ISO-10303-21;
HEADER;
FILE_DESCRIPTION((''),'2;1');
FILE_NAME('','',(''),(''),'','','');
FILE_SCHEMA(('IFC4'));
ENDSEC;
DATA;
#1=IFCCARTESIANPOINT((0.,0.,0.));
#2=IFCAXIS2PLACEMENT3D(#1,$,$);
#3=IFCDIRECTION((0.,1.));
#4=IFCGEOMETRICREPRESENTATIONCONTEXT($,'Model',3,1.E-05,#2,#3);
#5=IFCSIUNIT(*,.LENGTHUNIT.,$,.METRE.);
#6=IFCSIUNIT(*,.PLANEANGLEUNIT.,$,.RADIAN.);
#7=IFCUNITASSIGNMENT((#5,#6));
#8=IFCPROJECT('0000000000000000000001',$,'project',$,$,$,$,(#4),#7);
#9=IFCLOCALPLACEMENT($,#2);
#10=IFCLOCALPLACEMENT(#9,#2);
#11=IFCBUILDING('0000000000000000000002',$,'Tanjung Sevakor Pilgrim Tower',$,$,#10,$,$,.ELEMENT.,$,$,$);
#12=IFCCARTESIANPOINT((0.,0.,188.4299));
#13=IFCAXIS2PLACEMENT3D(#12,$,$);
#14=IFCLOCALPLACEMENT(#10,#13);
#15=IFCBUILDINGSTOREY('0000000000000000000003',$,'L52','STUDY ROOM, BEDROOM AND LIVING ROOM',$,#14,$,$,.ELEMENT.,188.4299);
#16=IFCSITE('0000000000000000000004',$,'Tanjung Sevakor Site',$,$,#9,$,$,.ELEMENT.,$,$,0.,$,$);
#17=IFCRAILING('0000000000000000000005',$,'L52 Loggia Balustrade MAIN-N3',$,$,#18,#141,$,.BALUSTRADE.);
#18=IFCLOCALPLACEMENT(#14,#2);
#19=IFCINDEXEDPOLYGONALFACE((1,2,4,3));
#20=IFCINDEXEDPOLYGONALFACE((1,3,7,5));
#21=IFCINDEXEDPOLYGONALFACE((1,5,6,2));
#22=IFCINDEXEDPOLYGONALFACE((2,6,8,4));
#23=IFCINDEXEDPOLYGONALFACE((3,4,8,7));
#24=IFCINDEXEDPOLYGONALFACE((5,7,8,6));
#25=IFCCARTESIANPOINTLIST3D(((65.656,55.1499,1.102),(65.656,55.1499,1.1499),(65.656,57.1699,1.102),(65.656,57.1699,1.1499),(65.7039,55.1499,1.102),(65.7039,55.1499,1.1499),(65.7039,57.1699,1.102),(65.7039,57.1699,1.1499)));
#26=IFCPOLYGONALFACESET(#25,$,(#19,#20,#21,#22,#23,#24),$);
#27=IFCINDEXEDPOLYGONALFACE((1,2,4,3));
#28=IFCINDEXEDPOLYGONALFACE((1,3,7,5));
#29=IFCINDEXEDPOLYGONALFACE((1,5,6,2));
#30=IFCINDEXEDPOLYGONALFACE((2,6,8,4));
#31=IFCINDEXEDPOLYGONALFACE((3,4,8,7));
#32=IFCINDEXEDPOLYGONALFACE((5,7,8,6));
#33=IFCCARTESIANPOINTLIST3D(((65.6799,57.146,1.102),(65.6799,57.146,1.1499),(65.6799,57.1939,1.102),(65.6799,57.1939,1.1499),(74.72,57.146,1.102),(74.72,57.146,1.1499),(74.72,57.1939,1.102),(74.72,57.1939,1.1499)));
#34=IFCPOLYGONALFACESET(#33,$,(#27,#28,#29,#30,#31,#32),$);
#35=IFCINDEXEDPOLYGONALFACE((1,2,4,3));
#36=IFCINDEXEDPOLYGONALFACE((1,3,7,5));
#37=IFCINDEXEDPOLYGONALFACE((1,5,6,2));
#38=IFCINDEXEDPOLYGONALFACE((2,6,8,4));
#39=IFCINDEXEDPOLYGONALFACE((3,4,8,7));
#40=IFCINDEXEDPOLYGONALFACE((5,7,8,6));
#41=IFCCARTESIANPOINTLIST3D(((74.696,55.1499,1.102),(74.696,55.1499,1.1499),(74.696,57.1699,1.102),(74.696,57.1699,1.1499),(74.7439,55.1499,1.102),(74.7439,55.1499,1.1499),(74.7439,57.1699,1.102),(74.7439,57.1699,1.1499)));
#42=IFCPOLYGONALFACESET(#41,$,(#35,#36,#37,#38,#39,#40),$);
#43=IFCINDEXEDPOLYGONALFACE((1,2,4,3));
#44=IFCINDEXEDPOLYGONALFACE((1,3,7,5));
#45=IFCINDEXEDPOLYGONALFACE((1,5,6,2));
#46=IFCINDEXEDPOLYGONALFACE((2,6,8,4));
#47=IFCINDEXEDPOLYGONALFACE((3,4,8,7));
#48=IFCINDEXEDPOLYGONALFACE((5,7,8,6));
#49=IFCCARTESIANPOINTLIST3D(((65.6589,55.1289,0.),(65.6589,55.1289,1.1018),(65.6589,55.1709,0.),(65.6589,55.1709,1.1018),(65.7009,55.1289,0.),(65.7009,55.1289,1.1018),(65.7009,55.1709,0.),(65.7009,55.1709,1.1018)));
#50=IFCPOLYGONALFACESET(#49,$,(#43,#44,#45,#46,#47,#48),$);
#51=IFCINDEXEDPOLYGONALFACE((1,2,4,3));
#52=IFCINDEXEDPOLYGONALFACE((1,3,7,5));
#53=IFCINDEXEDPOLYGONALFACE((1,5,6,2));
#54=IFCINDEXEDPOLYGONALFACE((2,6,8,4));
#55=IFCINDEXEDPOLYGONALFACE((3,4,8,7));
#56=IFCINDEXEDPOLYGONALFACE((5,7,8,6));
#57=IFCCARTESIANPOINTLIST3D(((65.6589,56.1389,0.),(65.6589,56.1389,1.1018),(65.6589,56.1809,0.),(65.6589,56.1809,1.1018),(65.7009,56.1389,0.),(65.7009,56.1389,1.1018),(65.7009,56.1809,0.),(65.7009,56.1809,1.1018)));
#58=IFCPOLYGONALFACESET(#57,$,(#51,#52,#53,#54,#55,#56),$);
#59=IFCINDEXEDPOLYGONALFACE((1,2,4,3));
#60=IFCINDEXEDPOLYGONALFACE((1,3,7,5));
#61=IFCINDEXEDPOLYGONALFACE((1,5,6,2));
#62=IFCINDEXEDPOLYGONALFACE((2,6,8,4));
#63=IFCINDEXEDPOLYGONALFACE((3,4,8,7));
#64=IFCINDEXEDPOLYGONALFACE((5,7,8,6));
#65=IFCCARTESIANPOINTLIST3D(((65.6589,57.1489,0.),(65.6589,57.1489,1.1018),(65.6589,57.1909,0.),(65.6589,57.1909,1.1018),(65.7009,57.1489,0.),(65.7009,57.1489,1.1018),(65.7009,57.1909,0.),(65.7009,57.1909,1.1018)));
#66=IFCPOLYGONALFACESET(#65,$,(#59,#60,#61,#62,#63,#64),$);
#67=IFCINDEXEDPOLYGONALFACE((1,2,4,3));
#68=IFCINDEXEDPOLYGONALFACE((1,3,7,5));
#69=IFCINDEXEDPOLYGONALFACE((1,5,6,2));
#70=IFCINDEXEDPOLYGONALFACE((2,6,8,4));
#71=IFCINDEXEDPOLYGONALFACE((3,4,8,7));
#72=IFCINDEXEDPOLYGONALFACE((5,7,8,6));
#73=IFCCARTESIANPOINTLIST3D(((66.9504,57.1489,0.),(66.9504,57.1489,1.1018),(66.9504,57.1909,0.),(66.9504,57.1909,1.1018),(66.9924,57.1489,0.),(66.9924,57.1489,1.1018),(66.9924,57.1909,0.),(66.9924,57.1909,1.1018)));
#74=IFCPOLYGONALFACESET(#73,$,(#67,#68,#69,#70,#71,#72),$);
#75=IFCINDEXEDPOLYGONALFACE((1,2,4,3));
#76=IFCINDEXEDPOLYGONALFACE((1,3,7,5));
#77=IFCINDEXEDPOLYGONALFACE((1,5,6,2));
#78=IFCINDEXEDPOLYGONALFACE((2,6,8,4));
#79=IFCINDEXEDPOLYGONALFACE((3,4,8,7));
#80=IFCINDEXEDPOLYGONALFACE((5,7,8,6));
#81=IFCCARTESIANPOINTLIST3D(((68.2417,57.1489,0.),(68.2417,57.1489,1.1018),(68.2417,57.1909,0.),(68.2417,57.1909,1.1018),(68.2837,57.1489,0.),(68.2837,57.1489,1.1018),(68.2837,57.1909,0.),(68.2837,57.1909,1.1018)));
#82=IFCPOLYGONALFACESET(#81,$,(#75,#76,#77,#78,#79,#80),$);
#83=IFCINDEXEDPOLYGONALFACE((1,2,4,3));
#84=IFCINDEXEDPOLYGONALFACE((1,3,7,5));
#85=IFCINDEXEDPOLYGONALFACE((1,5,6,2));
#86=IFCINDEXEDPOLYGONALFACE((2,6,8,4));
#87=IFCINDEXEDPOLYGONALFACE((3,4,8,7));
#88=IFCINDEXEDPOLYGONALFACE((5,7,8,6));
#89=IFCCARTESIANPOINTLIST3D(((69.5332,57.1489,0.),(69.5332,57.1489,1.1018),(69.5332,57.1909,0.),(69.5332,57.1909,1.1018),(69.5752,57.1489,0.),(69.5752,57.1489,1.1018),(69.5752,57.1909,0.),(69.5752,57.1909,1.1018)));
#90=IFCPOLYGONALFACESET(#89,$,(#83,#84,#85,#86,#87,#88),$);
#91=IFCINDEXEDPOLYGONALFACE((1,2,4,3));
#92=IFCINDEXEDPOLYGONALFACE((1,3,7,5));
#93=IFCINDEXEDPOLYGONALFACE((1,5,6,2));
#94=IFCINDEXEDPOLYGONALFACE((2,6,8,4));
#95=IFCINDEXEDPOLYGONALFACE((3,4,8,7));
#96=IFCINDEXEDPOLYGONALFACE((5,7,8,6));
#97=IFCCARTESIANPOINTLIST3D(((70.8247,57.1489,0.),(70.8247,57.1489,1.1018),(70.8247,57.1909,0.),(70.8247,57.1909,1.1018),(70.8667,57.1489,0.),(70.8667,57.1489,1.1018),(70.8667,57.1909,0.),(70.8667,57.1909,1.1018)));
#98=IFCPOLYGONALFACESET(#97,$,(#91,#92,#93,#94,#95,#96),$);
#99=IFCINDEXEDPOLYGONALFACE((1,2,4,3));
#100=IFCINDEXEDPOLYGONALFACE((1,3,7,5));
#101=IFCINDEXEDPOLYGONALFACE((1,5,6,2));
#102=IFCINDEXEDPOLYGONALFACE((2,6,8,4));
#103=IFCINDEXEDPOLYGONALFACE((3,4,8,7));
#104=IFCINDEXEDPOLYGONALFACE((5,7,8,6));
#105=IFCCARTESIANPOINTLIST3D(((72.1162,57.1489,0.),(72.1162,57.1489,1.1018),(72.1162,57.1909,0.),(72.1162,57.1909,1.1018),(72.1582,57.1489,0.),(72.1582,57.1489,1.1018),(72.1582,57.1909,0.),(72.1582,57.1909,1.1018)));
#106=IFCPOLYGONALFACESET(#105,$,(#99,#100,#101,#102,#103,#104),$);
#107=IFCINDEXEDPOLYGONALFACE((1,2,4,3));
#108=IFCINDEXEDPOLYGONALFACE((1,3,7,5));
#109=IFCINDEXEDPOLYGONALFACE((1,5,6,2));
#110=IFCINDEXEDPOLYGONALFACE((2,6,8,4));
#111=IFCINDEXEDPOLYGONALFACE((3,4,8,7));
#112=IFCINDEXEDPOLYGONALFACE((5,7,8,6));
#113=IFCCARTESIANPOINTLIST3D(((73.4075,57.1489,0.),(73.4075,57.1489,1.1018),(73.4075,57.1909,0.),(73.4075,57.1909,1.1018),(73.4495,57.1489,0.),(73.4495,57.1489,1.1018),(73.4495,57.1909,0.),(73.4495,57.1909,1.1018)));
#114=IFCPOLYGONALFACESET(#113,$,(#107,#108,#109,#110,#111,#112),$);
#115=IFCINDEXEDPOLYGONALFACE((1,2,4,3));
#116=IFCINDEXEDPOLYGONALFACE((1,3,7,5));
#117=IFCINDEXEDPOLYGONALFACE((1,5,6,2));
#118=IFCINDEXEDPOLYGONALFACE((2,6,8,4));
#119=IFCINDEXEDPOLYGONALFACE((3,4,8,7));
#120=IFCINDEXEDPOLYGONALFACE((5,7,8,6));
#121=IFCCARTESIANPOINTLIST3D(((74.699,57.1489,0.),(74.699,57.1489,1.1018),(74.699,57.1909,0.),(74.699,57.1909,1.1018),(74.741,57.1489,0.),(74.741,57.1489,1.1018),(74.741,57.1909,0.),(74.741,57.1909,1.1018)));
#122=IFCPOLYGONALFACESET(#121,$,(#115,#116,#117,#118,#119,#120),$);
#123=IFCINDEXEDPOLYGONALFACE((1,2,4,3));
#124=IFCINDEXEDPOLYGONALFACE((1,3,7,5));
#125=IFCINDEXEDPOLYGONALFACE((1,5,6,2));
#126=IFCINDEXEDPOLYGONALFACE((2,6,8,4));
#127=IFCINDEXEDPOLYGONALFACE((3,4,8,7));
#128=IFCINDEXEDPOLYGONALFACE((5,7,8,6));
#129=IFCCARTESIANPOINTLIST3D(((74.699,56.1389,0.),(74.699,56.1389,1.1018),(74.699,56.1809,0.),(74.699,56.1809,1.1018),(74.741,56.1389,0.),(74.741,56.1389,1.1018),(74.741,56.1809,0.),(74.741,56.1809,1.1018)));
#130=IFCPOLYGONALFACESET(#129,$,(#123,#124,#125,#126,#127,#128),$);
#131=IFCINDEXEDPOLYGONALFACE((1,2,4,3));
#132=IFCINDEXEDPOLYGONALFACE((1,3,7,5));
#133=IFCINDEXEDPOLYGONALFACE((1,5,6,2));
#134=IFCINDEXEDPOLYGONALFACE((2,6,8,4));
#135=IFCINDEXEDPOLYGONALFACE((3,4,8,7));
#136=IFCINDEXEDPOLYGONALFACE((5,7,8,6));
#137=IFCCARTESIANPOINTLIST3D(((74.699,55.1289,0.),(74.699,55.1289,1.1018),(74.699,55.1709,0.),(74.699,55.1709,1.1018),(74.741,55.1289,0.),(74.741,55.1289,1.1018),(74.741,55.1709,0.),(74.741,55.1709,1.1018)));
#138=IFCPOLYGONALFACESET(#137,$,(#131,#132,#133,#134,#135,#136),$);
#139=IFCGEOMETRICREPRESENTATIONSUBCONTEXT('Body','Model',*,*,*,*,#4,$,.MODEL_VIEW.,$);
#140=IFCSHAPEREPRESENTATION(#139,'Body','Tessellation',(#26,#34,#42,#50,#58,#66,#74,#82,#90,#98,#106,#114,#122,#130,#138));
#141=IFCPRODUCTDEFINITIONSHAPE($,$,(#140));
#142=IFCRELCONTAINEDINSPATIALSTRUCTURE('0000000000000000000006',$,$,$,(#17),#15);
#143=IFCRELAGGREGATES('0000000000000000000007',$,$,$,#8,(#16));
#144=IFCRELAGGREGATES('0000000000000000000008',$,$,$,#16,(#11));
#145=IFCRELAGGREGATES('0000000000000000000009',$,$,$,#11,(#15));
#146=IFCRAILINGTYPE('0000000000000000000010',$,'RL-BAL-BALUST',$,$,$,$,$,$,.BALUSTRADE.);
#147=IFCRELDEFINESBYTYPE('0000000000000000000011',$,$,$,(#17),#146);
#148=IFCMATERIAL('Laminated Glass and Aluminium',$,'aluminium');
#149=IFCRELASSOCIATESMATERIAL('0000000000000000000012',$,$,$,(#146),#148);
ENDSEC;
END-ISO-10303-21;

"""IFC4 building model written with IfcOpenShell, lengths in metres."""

from ifc_helpers import new_model, si_unit, direction, frame, origin, place, context, subcontext, project, spatial, rectangle, extrude, material, type_object, element, save


model = new_model("IFC4")

# Units and contexts
model_context = context("Model", 3, precision=1e-05, world=origin(), true_north=direction((0.0, 1.0)))
body_context = subcontext(model_context, "Body", "Model", "MODEL_VIEW")
ifc_project = project(units=[si_unit("LENGTHUNIT", "METRE"), si_unit("PLANEANGLEUNIT", "RADIAN")], contexts=[model_context])

# Site, building, storey
site_placement = place(None, origin())
site = spatial("IfcSite", under=ifc_project, at=site_placement, Name="Tanjung Sevakor Site", CompositionType="ELEMENT", RefElevation=0.0)
building_placement = place(site_placement, origin())
building = spatial("IfcBuilding", under=site, at=building_placement, Name="Tanjung Sevakor Pilgrim Tower", CompositionType="ELEMENT")
storey_placement = place(building_placement, frame((0.0, 0.0, 188.4299)))
storey = spatial("IfcBuildingStorey", under=building, at=storey_placement, Name="L52", Description="STUDY ROOM, BEDROOM AND LIVING ROOM", CompositionType="ELEMENT", Elevation=188.4299)

# Railing
ifc_material_1 = material(Name="Laminated Glass and Aluminium", Category="aluminium")
railing_type = type_object("IfcRailingType", Name="RL-BAL-BALUST", PredefinedType="BALUSTRADE", material=ifc_material_1)
railing_1_placement = place(storey_placement, frame((65.6799, 55.1499, 0.0)))
element("IfcRailing", 1, at=railing_1_placement, inside=storey, type_object=railing_type, Name="L52 Loggia Balustrade MAIN-N3", PredefinedType="BALUSTRADE", context=body_context, shape_type="SweptSolid", body=[
    extrude(rectangle(XDim=0.0479, YDim=0.0479), frame((0.0, 0.0, 1.126), z_axis=(0.0, 1.0, 0.0), x_axis=(-1.0, 0.0, 0.0)), (0.0, 0.0, 1.0), 2.02),
    extrude(rectangle(XDim=0.0479, YDim=0.0479), frame((0.0, 2.02, 1.126), z_axis=(1.0, 0.0, 0.0), x_axis=(0.0, 1.0, 0.0)), (0.0, 0.0, 1.0), 9.04),
    extrude(rectangle(XDim=0.0479, YDim=0.0479), frame((9.04, 2.02, 1.126), z_axis=(0.0, -1.0, 0.0), x_axis=(1.0, 0.0, 0.0)), (0.0, 0.0, 1.0), 2.02),
    extrude(rectangle(XDim=0.042, YDim=0.042), origin(), (0.0, 0.0, 1.0), 1.1018),
    extrude(rectangle(XDim=0.042, YDim=0.042), frame((0.0, 1.01, 0.0)), (0.0, 0.0, 1.0), 1.1018),
    extrude(rectangle(XDim=0.042, YDim=0.042), frame((0.0, 2.02, 0.0)), (0.0, 0.0, 1.0), 1.1018),
    extrude(rectangle(XDim=0.042, YDim=0.042), frame((1.2915, 2.02, 0.0)), (0.0, 0.0, 1.0), 1.1018),
    extrude(rectangle(XDim=0.042, YDim=0.042), frame((2.5828, 2.02, 0.0)), (0.0, 0.0, 1.0), 1.1018),
    extrude(rectangle(XDim=0.042, YDim=0.042), frame((3.8743, 2.02, 0.0)), (0.0, 0.0, 1.0), 1.1018),
    extrude(rectangle(XDim=0.042, YDim=0.042), frame((5.1658, 2.02, 0.0)), (0.0, 0.0, 1.0), 1.1018),
    extrude(rectangle(XDim=0.042, YDim=0.042), frame((6.4573, 2.02, 0.0)), (0.0, 0.0, 1.0), 1.1018),
    extrude(rectangle(XDim=0.042, YDim=0.042), frame((7.7485, 2.02, 0.0)), (0.0, 0.0, 1.0), 1.1018),
    extrude(rectangle(XDim=0.042, YDim=0.042), frame((9.04, 2.02, 0.0)), (0.0, 0.0, 1.0), 1.1018),
    extrude(rectangle(XDim=0.042, YDim=0.042), frame((9.04, 1.01, 0.0)), (0.0, 0.0, 1.0), 1.1018),
    extrude(rectangle(XDim=0.042, YDim=0.042), frame((9.04, 0.0, 0.0)), (0.0, 0.0, 1.0), 1.1018),
])

save(model, "model.ifc")
